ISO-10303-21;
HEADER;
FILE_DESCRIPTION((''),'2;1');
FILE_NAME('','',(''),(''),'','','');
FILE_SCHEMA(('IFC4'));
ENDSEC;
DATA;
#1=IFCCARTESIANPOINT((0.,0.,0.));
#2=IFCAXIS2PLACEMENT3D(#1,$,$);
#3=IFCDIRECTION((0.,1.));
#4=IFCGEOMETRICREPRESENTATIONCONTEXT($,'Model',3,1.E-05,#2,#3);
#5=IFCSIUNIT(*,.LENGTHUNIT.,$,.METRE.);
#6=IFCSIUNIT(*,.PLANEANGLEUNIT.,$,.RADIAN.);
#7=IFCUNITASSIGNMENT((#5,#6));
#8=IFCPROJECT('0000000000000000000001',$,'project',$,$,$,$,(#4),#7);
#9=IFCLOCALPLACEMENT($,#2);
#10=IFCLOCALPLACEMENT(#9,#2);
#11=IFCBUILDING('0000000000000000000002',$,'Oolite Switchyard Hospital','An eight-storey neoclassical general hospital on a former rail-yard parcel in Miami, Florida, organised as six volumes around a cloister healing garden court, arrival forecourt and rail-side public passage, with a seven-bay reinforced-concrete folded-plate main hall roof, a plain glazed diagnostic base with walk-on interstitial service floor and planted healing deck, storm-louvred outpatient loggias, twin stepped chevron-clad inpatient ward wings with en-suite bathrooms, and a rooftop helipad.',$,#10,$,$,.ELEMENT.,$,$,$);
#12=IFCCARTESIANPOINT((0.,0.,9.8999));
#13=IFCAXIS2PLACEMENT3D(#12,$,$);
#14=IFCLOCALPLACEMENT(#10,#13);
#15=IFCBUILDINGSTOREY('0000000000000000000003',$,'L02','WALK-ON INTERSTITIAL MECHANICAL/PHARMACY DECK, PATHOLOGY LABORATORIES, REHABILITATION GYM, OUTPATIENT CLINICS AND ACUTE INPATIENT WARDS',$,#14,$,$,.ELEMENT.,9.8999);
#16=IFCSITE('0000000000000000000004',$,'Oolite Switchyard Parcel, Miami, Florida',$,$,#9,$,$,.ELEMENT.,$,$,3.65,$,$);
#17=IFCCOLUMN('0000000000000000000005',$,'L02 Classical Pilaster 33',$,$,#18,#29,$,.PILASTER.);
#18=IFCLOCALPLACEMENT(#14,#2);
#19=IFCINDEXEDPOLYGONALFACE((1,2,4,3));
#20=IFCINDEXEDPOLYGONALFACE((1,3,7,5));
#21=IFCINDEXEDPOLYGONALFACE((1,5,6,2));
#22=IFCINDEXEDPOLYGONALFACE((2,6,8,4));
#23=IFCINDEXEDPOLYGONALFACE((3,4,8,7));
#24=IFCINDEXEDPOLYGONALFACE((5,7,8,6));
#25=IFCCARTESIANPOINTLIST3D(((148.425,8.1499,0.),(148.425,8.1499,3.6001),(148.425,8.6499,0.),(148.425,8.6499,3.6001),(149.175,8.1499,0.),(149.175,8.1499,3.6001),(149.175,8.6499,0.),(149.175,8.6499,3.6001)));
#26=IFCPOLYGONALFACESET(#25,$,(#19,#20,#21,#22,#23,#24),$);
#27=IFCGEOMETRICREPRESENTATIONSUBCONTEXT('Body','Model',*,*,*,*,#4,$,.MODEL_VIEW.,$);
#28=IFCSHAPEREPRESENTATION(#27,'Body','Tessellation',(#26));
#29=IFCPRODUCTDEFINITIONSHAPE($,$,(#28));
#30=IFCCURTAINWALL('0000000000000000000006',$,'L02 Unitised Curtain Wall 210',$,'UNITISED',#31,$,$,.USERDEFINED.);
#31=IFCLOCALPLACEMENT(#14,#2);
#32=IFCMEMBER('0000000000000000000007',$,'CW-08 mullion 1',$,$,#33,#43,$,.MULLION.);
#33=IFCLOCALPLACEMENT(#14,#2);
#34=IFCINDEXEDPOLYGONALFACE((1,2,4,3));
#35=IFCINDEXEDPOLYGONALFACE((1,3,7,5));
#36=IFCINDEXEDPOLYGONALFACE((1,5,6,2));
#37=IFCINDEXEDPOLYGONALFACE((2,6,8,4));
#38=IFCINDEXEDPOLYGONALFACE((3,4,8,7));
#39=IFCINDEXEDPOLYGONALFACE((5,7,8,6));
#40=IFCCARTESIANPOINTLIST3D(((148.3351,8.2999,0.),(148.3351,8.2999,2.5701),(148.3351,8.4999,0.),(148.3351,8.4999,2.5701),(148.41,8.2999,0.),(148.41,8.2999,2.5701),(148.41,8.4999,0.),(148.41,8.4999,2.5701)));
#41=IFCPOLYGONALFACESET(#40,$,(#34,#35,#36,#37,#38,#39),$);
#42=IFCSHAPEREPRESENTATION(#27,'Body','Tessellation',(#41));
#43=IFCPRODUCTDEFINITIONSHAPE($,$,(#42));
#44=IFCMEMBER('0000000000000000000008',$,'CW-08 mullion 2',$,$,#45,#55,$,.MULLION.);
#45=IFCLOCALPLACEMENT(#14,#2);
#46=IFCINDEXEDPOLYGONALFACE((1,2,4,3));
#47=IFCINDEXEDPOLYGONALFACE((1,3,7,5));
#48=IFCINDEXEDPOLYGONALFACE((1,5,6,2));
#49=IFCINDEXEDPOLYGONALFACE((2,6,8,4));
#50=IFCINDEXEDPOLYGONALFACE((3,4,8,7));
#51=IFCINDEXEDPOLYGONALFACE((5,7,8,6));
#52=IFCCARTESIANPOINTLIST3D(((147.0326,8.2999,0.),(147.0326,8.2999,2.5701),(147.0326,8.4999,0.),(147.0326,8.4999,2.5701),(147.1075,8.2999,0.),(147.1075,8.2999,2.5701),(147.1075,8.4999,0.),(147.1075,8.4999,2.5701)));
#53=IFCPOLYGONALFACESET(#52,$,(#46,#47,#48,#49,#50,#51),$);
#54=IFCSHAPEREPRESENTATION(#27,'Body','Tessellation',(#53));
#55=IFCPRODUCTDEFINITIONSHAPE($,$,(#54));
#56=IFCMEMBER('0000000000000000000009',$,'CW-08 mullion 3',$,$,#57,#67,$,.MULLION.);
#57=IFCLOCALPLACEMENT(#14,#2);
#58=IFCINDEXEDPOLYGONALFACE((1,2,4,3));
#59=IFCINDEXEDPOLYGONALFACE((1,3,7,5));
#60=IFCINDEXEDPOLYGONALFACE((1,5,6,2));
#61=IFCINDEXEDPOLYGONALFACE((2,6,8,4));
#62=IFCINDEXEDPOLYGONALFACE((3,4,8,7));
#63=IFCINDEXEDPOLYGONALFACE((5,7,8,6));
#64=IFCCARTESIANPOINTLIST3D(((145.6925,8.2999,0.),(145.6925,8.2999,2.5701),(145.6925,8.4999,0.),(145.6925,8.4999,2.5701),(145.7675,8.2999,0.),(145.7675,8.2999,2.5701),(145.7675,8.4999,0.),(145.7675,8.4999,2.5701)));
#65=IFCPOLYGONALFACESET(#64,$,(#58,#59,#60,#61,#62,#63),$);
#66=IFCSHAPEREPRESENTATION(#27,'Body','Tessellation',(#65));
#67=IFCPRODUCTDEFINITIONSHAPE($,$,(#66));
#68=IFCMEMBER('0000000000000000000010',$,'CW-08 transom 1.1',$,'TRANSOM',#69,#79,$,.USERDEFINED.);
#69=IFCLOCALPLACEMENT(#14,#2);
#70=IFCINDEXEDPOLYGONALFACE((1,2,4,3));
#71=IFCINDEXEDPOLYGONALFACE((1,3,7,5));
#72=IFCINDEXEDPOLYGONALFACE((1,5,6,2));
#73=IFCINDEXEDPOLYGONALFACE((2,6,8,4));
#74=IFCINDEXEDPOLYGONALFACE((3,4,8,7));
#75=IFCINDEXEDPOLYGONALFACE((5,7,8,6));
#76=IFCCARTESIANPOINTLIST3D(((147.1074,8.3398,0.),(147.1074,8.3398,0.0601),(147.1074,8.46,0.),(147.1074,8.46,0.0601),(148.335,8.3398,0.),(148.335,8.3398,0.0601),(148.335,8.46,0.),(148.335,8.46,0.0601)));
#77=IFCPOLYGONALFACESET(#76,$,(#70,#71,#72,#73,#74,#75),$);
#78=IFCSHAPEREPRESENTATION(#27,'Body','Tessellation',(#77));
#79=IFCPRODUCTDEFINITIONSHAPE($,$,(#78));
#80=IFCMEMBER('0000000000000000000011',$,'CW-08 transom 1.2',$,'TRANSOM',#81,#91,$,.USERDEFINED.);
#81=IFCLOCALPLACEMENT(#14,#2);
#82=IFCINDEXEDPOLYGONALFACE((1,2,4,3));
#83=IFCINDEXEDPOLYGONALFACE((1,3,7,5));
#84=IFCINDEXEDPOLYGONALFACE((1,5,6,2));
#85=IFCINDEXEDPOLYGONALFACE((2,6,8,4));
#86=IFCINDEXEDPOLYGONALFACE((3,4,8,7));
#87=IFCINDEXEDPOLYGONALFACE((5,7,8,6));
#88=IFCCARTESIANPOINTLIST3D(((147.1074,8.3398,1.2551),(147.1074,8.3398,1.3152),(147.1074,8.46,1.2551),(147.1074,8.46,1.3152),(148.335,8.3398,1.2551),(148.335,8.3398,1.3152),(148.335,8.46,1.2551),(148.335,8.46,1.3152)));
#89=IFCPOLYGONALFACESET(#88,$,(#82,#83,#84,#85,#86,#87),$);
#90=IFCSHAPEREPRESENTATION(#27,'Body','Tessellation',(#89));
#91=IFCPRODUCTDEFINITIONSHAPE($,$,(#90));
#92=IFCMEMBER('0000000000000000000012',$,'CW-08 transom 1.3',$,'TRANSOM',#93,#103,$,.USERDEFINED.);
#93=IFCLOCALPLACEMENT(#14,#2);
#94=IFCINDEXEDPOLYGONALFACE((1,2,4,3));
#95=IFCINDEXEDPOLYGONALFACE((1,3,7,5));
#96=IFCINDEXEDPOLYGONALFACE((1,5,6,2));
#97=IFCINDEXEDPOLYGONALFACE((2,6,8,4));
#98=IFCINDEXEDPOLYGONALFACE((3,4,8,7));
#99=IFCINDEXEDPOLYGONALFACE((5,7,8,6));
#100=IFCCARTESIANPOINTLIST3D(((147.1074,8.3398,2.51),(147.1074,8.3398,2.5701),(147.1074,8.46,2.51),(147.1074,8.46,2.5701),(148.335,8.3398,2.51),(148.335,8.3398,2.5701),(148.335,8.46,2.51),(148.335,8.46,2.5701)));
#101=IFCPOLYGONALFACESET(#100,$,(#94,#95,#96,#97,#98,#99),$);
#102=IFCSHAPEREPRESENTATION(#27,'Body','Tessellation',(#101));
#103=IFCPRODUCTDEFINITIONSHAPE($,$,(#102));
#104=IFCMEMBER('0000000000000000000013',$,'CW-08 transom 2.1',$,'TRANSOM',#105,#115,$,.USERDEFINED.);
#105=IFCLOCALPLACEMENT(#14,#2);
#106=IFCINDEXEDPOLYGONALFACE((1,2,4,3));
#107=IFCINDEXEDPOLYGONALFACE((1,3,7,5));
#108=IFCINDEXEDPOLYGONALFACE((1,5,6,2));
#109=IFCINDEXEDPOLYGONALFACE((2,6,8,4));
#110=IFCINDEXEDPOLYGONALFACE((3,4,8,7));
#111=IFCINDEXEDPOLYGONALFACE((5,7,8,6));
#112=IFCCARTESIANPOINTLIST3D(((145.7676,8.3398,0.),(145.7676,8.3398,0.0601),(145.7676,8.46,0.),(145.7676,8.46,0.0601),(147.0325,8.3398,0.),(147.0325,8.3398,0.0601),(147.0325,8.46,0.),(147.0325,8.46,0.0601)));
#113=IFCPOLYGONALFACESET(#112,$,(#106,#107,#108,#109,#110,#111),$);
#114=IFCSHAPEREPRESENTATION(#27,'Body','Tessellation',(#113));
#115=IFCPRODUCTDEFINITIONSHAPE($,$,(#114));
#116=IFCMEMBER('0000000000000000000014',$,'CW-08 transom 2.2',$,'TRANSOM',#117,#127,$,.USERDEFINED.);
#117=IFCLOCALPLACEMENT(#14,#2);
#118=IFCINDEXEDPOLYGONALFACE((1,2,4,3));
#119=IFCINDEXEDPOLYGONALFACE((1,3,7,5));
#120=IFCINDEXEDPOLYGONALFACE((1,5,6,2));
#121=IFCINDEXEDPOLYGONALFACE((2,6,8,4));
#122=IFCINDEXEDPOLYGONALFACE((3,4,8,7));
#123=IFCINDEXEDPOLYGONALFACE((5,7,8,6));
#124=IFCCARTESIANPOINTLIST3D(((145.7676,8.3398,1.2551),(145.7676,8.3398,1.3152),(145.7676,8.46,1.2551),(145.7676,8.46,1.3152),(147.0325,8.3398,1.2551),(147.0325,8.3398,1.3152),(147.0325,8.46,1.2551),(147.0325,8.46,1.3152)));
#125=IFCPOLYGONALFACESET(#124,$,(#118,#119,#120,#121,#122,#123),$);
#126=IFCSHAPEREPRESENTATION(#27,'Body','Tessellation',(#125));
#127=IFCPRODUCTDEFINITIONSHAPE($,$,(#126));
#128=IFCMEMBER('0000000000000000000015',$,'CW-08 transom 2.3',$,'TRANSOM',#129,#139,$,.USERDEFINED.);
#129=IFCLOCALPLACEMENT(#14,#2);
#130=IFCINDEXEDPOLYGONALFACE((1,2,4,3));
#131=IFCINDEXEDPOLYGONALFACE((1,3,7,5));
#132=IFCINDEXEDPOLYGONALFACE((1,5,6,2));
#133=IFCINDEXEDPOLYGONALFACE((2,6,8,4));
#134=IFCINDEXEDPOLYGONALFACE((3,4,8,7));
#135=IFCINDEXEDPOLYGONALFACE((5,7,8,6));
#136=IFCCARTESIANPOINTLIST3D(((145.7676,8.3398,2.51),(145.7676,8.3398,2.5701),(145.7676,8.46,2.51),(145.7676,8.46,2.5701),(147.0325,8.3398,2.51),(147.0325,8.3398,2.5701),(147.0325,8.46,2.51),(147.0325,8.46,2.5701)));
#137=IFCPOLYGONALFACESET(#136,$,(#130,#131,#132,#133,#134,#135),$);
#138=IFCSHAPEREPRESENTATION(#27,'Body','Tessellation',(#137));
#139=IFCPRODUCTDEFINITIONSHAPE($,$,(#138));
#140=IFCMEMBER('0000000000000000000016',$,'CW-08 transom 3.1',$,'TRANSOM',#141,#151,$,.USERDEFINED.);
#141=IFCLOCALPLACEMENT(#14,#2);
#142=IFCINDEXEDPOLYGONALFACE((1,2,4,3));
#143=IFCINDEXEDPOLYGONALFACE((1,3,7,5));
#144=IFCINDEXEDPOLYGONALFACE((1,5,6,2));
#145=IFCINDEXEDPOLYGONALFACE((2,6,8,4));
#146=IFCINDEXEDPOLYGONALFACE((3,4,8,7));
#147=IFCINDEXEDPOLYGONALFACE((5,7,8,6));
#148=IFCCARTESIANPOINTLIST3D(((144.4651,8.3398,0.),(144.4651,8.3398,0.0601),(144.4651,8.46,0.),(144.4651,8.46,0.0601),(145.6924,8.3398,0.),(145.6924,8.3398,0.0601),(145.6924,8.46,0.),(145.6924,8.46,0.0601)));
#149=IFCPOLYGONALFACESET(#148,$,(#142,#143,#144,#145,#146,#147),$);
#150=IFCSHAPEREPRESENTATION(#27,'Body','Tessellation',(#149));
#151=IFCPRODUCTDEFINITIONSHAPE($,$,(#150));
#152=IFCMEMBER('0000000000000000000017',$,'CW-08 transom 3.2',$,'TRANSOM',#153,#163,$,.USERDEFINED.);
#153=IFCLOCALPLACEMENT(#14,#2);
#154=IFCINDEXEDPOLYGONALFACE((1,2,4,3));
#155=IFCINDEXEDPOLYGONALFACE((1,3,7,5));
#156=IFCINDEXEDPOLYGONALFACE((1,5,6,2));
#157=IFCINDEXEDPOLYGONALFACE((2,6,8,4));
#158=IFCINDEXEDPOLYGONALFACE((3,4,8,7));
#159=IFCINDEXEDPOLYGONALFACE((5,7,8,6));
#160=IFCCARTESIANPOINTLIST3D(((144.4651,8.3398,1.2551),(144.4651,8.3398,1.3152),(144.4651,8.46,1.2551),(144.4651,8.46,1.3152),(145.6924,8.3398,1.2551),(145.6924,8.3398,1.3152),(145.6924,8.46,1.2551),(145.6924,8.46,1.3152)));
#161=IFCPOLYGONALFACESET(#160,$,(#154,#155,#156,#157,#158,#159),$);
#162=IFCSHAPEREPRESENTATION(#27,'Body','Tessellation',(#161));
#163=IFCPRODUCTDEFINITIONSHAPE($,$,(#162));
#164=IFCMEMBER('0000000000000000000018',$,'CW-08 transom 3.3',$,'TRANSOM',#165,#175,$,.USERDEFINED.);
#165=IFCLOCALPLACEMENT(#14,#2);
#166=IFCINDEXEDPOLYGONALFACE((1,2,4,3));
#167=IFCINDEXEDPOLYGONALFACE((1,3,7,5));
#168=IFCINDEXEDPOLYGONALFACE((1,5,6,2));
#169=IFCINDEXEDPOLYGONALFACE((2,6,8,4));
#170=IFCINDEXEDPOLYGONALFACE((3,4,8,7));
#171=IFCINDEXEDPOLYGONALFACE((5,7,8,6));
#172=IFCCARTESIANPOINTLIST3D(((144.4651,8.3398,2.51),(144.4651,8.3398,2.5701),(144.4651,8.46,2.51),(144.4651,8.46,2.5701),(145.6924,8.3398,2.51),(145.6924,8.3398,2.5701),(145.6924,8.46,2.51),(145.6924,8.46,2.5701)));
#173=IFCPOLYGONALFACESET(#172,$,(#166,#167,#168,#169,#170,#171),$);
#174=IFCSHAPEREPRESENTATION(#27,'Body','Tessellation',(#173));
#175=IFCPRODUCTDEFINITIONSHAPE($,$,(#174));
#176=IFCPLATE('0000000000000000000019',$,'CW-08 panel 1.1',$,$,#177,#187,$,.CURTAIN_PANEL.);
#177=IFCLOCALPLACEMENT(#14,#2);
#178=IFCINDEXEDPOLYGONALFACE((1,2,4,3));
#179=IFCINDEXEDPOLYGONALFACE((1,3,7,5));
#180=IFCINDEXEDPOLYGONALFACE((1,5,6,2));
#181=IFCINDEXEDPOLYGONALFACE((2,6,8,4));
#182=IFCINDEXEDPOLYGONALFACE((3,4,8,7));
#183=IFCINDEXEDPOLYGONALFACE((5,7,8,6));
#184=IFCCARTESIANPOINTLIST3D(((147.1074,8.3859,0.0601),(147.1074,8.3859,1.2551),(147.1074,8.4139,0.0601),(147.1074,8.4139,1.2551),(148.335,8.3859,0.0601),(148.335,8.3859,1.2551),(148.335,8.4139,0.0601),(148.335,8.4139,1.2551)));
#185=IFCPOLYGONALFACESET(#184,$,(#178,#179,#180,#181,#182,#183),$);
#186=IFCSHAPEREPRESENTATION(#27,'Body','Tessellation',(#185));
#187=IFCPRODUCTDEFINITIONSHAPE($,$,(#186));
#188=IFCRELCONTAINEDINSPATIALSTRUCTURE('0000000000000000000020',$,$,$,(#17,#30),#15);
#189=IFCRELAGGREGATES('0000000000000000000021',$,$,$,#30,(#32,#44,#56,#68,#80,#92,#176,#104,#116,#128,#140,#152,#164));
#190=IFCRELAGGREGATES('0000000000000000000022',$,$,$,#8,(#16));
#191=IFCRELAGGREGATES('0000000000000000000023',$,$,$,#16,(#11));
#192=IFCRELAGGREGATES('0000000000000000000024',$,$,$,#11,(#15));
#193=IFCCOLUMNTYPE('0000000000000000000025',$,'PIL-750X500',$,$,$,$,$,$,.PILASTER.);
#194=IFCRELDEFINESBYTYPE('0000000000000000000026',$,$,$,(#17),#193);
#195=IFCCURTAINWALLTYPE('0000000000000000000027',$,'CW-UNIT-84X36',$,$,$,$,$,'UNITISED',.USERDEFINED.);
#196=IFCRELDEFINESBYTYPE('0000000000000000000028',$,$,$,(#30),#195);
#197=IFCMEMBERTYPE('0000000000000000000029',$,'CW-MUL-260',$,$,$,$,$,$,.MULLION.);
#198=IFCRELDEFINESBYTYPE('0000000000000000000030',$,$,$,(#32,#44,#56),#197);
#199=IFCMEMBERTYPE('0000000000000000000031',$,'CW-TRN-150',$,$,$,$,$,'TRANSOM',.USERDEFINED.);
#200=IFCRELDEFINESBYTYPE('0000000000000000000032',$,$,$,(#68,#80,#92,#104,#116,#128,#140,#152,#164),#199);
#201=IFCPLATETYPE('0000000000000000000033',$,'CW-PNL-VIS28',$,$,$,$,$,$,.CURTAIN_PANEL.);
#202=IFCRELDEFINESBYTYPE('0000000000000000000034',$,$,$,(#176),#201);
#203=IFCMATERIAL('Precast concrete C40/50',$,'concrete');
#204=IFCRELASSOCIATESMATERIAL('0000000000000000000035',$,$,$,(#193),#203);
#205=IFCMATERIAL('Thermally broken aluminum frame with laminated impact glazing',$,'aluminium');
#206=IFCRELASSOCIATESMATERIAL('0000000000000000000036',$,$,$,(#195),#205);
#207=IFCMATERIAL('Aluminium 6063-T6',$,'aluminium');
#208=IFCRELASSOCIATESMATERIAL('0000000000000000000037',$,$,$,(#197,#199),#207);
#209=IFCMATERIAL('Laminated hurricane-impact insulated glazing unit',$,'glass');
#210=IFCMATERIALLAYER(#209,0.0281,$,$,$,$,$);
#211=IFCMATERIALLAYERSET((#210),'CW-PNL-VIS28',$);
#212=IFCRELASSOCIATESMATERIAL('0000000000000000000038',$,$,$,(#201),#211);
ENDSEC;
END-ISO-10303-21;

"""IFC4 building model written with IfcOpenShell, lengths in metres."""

from ifc_helpers import new_model, si_unit, direction, frame, origin, origin_2d, place, context, subcontext, project, spatial, rectangle, extrude, material, layer, layer_set, material_profile, profile_set, type_object, element, aggregate, save


model = new_model("IFC4")

# Units and contexts
model_context = context("Model", 3, precision=1e-05, world=origin(), true_north=direction((0.0, 1.0)))
body_context = subcontext(model_context, "Body", "Model", "MODEL_VIEW")
ifc_project = project(units=[si_unit("LENGTHUNIT", "METRE"), si_unit("PLANEANGLEUNIT", "RADIAN")], contexts=[model_context])

# Site, building, storey
site_placement = place(None, origin())
site = spatial("IfcSite", under=ifc_project, at=site_placement, Name="Oolite Switchyard Parcel, Miami, Florida", CompositionType="ELEMENT", RefElevation=3.65)
building_placement = place(site_placement, origin())
building = spatial("IfcBuilding", under=site, at=building_placement, Name="Oolite Switchyard Hospital", Description="An eight-storey neoclassical general hospital on a former rail-yard parcel in Miami, Florida, organised as six volumes around a cloister healing garden court, arrival forecourt and rail-side public passage, with a seven-bay reinforced-concrete folded-plate main hall roof, a plain glazed diagnostic base with walk-on interstitial service floor and planted healing deck, storm-louvred outpatient loggias, twin stepped chevron-clad inpatient ward wings with en-suite bathrooms, and a rooftop helipad.", CompositionType="ELEMENT")
storey_placement = place(building_placement, frame((0.0, 0.0, 9.8999)))
storey = spatial("IfcBuildingStorey", under=building, at=storey_placement, Name="L02", Description="WALK-ON INTERSTITIAL MECHANICAL/PHARMACY DECK, PATHOLOGY LABORATORIES, REHABILITATION GYM, OUTPATIENT CLINICS AND ACUTE INPATIENT WARDS", CompositionType="ELEMENT", Elevation=9.8999)

# Column
ifc_material_1 = material(Name="Precast concrete C40/50", Category="concrete")
ifc_material_profile_1 = material_profile(ifc_material_1, rectangle(XDim=0.75, YDim=0.5, at=origin_2d()), Name="PIL750X500")
ifc_profile_set_1 = profile_set([ifc_material_profile_1], Name="Precast concrete C40/50")
column_type = type_object("IfcColumnType", Name="PIL-750X500", PredefinedType="PILASTER", material=ifc_profile_set_1)
column_placement = place(storey_placement, frame((148.8, 8.3999, 0.0), z_axis=(0.0, 0.0, 1.0), x_axis=(1.0, 0.0, 0.0)))
element("IfcColumn", 1, at=column_placement, inside=storey, type_object=column_type, Name="L02 Classical Pilaster 33", PredefinedType="PILASTER", context=body_context, shape_type="SweptSolid", body=[
    extrude(rectangle(XDim=0.75, YDim=0.5, at=origin_2d()), origin(), (0.0, 0.0, 1.0), 3.6001),
])

# Curtain wall, members, plate
ifc_material_2 = material(Name="Thermally broken aluminum frame with laminated impact glazing", Category="aluminium")
curtain_wall_type = type_object("IfcCurtainWallType", Name="CW-UNIT-84X36", ElementType="UNITISED", PredefinedType="USERDEFINED", material=ifc_material_2)
curtain_wall_placement = place(storey_placement, origin())
curtain_wall = element("IfcCurtainWall", 2, at=curtain_wall_placement, inside=storey, type_object=curtain_wall_type, Name="L02 Unitised Curtain Wall 210", ObjectType="UNITISED", PredefinedType="USERDEFINED")
ifc_material_3 = material(Name="Aluminium 6063-T6", Category="aluminium")
ifc_material_profile_2 = material_profile(ifc_material_3, rectangle(XDim=0.2, YDim=0.075, at=origin_2d()), Name="CWM75X200")
ifc_profile_set_2 = profile_set([ifc_material_profile_2], Name="Aluminium 6063-T6")
member_type_1 = type_object("IfcMemberType", Name="CW-MUL-260", PredefinedType="MULLION", material=ifc_profile_set_2)
member_1_placement = place(storey_placement, frame((148.3726, 8.3999, 0.0), z_axis=(0.0, 0.0, 1.0), x_axis=(0.0, -1.0, 0.0)))
member_1 = element("IfcMember", 3, at=member_1_placement, type_object=member_type_1, Name="CW-08 mullion 1", PredefinedType="MULLION", context=body_context, shape_type="SweptSolid", body=[
    extrude(rectangle(XDim=0.2, YDim=0.075, at=origin_2d()), origin(), (0.0, 0.0, 1.0), 2.5701),
])
member_2_placement = place(storey_placement, frame((147.0701, 8.3999, 0.0), z_axis=(0.0, 0.0, 1.0), x_axis=(0.0, -1.0, 0.0)))
member_2 = element("IfcMember", 4, at=member_2_placement, type_object=member_type_1, Name="CW-08 mullion 2", PredefinedType="MULLION", context=body_context, shape_type="SweptSolid", body=[
    extrude(rectangle(XDim=0.2, YDim=0.075, at=origin_2d()), origin(), (0.0, 0.0, 1.0), 2.5701),
])
member_3_placement = place(storey_placement, frame((145.73, 8.3999, 0.0), z_axis=(0.0, 0.0, 1.0), x_axis=(0.0, -1.0, 0.0)))
member_3 = element("IfcMember", 5, at=member_3_placement, type_object=member_type_1, Name="CW-08 mullion 3", PredefinedType="MULLION", context=body_context, shape_type="SweptSolid", body=[
    extrude(rectangle(XDim=0.2, YDim=0.075, at=origin_2d()), origin(), (0.0, 0.0, 1.0), 2.5701),
])
ifc_material_profile_3 = material_profile(ifc_material_3, rectangle(XDim=0.1201, YDim=0.0601, at=origin_2d()), Name="CWT60X120")
ifc_profile_set_3 = profile_set([ifc_material_profile_3], Name="Aluminium 6063-T6")
member_type_2 = type_object("IfcMemberType", Name="CW-TRN-150", ElementType="TRANSOM", PredefinedType="USERDEFINED", material=ifc_profile_set_3)
member_4_placement = place(storey_placement, frame((148.335, 8.3999, 0.03), z_axis=(-1.0, 0.0, 0.0), x_axis=(0.0, -1.0, 0.0)))
member_4 = element("IfcMember", 6, at=member_4_placement, type_object=member_type_2, Name="CW-08 transom 1.1", ObjectType="TRANSOM", PredefinedType="USERDEFINED", context=body_context, shape_type="SweptSolid", body=[
    extrude(rectangle(XDim=0.1201, YDim=0.0601, at=origin_2d()), origin(), (0.0, 0.0, 1.0), 1.2275),
])
member_5_placement = place(storey_placement, frame((148.335, 8.3999, 1.2852), z_axis=(-1.0, 0.0, 0.0), x_axis=(0.0, -1.0, 0.0)))
member_5 = element("IfcMember", 7, at=member_5_placement, type_object=member_type_2, Name="CW-08 transom 1.2", ObjectType="TRANSOM", PredefinedType="USERDEFINED", context=body_context, shape_type="SweptSolid", body=[
    extrude(rectangle(XDim=0.1201, YDim=0.0601, at=origin_2d()), origin(), (0.0, 0.0, 1.0), 1.2275),
])
member_6_placement = place(storey_placement, frame((148.335, 8.3999, 2.54), z_axis=(-1.0, 0.0, 0.0), x_axis=(0.0, -1.0, 0.0)))
member_6 = element("IfcMember", 8, at=member_6_placement, type_object=member_type_2, Name="CW-08 transom 1.3", ObjectType="TRANSOM", PredefinedType="USERDEFINED", context=body_context, shape_type="SweptSolid", body=[
    extrude(rectangle(XDim=0.1201, YDim=0.0601, at=origin_2d()), origin(), (0.0, 0.0, 1.0), 1.2275),
])
member_7_placement = place(storey_placement, frame((147.0325, 8.3999, 0.03), z_axis=(-1.0, 0.0, 0.0), x_axis=(0.0, -1.0, 0.0)))
member_7 = element("IfcMember", 9, at=member_7_placement, type_object=member_type_2, Name="CW-08 transom 2.1", ObjectType="TRANSOM", PredefinedType="USERDEFINED", context=body_context, shape_type="SweptSolid", body=[
    extrude(rectangle(XDim=0.1201, YDim=0.0601, at=origin_2d()), origin(), (0.0, 0.0, 1.0), 1.2649),
])
member_8_placement = place(storey_placement, frame((147.0325, 8.3999, 1.2852), z_axis=(-1.0, 0.0, 0.0), x_axis=(0.0, -1.0, 0.0)))
member_8 = element("IfcMember", 10, at=member_8_placement, type_object=member_type_2, Name="CW-08 transom 2.2", ObjectType="TRANSOM", PredefinedType="USERDEFINED", context=body_context, shape_type="SweptSolid", body=[
    extrude(rectangle(XDim=0.1201, YDim=0.0601, at=origin_2d()), origin(), (0.0, 0.0, 1.0), 1.2649),
])
member_9_placement = place(storey_placement, frame((147.0325, 8.3999, 2.54), z_axis=(-1.0, 0.0, 0.0), x_axis=(0.0, -1.0, 0.0)))
member_9 = element("IfcMember", 11, at=member_9_placement, type_object=member_type_2, Name="CW-08 transom 2.3", ObjectType="TRANSOM", PredefinedType="USERDEFINED", context=body_context, shape_type="SweptSolid", body=[
    extrude(rectangle(XDim=0.1201, YDim=0.0601, at=origin_2d()), origin(), (0.0, 0.0, 1.0), 1.2649),
])
member_10_placement = place(storey_placement, frame((145.6924, 8.3999, 0.03), z_axis=(-1.0, 0.0, 0.0), x_axis=(0.0, -1.0, 0.0)))
member_10 = element("IfcMember", 12, at=member_10_placement, type_object=member_type_2, Name="CW-08 transom 3.1", ObjectType="TRANSOM", PredefinedType="USERDEFINED", context=body_context, shape_type="SweptSolid", body=[
    extrude(rectangle(XDim=0.1201, YDim=0.0601, at=origin_2d()), origin(), (0.0, 0.0, 1.0), 1.2273),
])
member_11_placement = place(storey_placement, frame((145.6924, 8.3999, 1.2852), z_axis=(-1.0, 0.0, 0.0), x_axis=(0.0, -1.0, 0.0)))
member_11 = element("IfcMember", 13, at=member_11_placement, type_object=member_type_2, Name="CW-08 transom 3.2", ObjectType="TRANSOM", PredefinedType="USERDEFINED", context=body_context, shape_type="SweptSolid", body=[
    extrude(rectangle(XDim=0.1201, YDim=0.0601, at=origin_2d()), origin(), (0.0, 0.0, 1.0), 1.2273),
])
member_12_placement = place(storey_placement, frame((145.6924, 8.3999, 2.54), z_axis=(-1.0, 0.0, 0.0), x_axis=(0.0, -1.0, 0.0)))
member_12 = element("IfcMember", 14, at=member_12_placement, type_object=member_type_2, Name="CW-08 transom 3.3", ObjectType="TRANSOM", PredefinedType="USERDEFINED", context=body_context, shape_type="SweptSolid", body=[
    extrude(rectangle(XDim=0.1201, YDim=0.0601, at=origin_2d()), origin(), (0.0, 0.0, 1.0), 1.2273),
])
ifc_material_4 = material(Name="Laminated hurricane-impact insulated glazing unit", Category="glass")
ifc_layer_1 = layer(ifc_material_4, 0.0281)
ifc_layer_set_1 = layer_set([ifc_layer_1], Name="CW-PNL-VIS28")
plate_type = type_object("IfcPlateType", Name="CW-PNL-VIS28", PredefinedType="CURTAIN_PANEL", material=ifc_layer_set_1)
plate_1_placement = place(storey_placement, frame((147.7212, 8.3999, 0.0601), z_axis=(0.0, 0.0, 1.0), x_axis=(-1.0, 0.0, 0.0)))
plate_1 = element("IfcPlate", 15, at=plate_1_placement, type_object=plate_type, Name="CW-08 panel 1.1", PredefinedType="CURTAIN_PANEL", context=body_context, shape_type="SweptSolid", body=[
    extrude(rectangle(XDim=1.2275, YDim=0.0281, at=origin_2d()), origin(), (0.0, 0.0, 1.0), 1.1951),
])
aggregate(curtain_wall, [member_1, member_2, member_3, member_4, member_5, member_6, plate_1, member_7, member_8, member_9, member_10, member_11, member_12])

save(model, "model.ifc")
